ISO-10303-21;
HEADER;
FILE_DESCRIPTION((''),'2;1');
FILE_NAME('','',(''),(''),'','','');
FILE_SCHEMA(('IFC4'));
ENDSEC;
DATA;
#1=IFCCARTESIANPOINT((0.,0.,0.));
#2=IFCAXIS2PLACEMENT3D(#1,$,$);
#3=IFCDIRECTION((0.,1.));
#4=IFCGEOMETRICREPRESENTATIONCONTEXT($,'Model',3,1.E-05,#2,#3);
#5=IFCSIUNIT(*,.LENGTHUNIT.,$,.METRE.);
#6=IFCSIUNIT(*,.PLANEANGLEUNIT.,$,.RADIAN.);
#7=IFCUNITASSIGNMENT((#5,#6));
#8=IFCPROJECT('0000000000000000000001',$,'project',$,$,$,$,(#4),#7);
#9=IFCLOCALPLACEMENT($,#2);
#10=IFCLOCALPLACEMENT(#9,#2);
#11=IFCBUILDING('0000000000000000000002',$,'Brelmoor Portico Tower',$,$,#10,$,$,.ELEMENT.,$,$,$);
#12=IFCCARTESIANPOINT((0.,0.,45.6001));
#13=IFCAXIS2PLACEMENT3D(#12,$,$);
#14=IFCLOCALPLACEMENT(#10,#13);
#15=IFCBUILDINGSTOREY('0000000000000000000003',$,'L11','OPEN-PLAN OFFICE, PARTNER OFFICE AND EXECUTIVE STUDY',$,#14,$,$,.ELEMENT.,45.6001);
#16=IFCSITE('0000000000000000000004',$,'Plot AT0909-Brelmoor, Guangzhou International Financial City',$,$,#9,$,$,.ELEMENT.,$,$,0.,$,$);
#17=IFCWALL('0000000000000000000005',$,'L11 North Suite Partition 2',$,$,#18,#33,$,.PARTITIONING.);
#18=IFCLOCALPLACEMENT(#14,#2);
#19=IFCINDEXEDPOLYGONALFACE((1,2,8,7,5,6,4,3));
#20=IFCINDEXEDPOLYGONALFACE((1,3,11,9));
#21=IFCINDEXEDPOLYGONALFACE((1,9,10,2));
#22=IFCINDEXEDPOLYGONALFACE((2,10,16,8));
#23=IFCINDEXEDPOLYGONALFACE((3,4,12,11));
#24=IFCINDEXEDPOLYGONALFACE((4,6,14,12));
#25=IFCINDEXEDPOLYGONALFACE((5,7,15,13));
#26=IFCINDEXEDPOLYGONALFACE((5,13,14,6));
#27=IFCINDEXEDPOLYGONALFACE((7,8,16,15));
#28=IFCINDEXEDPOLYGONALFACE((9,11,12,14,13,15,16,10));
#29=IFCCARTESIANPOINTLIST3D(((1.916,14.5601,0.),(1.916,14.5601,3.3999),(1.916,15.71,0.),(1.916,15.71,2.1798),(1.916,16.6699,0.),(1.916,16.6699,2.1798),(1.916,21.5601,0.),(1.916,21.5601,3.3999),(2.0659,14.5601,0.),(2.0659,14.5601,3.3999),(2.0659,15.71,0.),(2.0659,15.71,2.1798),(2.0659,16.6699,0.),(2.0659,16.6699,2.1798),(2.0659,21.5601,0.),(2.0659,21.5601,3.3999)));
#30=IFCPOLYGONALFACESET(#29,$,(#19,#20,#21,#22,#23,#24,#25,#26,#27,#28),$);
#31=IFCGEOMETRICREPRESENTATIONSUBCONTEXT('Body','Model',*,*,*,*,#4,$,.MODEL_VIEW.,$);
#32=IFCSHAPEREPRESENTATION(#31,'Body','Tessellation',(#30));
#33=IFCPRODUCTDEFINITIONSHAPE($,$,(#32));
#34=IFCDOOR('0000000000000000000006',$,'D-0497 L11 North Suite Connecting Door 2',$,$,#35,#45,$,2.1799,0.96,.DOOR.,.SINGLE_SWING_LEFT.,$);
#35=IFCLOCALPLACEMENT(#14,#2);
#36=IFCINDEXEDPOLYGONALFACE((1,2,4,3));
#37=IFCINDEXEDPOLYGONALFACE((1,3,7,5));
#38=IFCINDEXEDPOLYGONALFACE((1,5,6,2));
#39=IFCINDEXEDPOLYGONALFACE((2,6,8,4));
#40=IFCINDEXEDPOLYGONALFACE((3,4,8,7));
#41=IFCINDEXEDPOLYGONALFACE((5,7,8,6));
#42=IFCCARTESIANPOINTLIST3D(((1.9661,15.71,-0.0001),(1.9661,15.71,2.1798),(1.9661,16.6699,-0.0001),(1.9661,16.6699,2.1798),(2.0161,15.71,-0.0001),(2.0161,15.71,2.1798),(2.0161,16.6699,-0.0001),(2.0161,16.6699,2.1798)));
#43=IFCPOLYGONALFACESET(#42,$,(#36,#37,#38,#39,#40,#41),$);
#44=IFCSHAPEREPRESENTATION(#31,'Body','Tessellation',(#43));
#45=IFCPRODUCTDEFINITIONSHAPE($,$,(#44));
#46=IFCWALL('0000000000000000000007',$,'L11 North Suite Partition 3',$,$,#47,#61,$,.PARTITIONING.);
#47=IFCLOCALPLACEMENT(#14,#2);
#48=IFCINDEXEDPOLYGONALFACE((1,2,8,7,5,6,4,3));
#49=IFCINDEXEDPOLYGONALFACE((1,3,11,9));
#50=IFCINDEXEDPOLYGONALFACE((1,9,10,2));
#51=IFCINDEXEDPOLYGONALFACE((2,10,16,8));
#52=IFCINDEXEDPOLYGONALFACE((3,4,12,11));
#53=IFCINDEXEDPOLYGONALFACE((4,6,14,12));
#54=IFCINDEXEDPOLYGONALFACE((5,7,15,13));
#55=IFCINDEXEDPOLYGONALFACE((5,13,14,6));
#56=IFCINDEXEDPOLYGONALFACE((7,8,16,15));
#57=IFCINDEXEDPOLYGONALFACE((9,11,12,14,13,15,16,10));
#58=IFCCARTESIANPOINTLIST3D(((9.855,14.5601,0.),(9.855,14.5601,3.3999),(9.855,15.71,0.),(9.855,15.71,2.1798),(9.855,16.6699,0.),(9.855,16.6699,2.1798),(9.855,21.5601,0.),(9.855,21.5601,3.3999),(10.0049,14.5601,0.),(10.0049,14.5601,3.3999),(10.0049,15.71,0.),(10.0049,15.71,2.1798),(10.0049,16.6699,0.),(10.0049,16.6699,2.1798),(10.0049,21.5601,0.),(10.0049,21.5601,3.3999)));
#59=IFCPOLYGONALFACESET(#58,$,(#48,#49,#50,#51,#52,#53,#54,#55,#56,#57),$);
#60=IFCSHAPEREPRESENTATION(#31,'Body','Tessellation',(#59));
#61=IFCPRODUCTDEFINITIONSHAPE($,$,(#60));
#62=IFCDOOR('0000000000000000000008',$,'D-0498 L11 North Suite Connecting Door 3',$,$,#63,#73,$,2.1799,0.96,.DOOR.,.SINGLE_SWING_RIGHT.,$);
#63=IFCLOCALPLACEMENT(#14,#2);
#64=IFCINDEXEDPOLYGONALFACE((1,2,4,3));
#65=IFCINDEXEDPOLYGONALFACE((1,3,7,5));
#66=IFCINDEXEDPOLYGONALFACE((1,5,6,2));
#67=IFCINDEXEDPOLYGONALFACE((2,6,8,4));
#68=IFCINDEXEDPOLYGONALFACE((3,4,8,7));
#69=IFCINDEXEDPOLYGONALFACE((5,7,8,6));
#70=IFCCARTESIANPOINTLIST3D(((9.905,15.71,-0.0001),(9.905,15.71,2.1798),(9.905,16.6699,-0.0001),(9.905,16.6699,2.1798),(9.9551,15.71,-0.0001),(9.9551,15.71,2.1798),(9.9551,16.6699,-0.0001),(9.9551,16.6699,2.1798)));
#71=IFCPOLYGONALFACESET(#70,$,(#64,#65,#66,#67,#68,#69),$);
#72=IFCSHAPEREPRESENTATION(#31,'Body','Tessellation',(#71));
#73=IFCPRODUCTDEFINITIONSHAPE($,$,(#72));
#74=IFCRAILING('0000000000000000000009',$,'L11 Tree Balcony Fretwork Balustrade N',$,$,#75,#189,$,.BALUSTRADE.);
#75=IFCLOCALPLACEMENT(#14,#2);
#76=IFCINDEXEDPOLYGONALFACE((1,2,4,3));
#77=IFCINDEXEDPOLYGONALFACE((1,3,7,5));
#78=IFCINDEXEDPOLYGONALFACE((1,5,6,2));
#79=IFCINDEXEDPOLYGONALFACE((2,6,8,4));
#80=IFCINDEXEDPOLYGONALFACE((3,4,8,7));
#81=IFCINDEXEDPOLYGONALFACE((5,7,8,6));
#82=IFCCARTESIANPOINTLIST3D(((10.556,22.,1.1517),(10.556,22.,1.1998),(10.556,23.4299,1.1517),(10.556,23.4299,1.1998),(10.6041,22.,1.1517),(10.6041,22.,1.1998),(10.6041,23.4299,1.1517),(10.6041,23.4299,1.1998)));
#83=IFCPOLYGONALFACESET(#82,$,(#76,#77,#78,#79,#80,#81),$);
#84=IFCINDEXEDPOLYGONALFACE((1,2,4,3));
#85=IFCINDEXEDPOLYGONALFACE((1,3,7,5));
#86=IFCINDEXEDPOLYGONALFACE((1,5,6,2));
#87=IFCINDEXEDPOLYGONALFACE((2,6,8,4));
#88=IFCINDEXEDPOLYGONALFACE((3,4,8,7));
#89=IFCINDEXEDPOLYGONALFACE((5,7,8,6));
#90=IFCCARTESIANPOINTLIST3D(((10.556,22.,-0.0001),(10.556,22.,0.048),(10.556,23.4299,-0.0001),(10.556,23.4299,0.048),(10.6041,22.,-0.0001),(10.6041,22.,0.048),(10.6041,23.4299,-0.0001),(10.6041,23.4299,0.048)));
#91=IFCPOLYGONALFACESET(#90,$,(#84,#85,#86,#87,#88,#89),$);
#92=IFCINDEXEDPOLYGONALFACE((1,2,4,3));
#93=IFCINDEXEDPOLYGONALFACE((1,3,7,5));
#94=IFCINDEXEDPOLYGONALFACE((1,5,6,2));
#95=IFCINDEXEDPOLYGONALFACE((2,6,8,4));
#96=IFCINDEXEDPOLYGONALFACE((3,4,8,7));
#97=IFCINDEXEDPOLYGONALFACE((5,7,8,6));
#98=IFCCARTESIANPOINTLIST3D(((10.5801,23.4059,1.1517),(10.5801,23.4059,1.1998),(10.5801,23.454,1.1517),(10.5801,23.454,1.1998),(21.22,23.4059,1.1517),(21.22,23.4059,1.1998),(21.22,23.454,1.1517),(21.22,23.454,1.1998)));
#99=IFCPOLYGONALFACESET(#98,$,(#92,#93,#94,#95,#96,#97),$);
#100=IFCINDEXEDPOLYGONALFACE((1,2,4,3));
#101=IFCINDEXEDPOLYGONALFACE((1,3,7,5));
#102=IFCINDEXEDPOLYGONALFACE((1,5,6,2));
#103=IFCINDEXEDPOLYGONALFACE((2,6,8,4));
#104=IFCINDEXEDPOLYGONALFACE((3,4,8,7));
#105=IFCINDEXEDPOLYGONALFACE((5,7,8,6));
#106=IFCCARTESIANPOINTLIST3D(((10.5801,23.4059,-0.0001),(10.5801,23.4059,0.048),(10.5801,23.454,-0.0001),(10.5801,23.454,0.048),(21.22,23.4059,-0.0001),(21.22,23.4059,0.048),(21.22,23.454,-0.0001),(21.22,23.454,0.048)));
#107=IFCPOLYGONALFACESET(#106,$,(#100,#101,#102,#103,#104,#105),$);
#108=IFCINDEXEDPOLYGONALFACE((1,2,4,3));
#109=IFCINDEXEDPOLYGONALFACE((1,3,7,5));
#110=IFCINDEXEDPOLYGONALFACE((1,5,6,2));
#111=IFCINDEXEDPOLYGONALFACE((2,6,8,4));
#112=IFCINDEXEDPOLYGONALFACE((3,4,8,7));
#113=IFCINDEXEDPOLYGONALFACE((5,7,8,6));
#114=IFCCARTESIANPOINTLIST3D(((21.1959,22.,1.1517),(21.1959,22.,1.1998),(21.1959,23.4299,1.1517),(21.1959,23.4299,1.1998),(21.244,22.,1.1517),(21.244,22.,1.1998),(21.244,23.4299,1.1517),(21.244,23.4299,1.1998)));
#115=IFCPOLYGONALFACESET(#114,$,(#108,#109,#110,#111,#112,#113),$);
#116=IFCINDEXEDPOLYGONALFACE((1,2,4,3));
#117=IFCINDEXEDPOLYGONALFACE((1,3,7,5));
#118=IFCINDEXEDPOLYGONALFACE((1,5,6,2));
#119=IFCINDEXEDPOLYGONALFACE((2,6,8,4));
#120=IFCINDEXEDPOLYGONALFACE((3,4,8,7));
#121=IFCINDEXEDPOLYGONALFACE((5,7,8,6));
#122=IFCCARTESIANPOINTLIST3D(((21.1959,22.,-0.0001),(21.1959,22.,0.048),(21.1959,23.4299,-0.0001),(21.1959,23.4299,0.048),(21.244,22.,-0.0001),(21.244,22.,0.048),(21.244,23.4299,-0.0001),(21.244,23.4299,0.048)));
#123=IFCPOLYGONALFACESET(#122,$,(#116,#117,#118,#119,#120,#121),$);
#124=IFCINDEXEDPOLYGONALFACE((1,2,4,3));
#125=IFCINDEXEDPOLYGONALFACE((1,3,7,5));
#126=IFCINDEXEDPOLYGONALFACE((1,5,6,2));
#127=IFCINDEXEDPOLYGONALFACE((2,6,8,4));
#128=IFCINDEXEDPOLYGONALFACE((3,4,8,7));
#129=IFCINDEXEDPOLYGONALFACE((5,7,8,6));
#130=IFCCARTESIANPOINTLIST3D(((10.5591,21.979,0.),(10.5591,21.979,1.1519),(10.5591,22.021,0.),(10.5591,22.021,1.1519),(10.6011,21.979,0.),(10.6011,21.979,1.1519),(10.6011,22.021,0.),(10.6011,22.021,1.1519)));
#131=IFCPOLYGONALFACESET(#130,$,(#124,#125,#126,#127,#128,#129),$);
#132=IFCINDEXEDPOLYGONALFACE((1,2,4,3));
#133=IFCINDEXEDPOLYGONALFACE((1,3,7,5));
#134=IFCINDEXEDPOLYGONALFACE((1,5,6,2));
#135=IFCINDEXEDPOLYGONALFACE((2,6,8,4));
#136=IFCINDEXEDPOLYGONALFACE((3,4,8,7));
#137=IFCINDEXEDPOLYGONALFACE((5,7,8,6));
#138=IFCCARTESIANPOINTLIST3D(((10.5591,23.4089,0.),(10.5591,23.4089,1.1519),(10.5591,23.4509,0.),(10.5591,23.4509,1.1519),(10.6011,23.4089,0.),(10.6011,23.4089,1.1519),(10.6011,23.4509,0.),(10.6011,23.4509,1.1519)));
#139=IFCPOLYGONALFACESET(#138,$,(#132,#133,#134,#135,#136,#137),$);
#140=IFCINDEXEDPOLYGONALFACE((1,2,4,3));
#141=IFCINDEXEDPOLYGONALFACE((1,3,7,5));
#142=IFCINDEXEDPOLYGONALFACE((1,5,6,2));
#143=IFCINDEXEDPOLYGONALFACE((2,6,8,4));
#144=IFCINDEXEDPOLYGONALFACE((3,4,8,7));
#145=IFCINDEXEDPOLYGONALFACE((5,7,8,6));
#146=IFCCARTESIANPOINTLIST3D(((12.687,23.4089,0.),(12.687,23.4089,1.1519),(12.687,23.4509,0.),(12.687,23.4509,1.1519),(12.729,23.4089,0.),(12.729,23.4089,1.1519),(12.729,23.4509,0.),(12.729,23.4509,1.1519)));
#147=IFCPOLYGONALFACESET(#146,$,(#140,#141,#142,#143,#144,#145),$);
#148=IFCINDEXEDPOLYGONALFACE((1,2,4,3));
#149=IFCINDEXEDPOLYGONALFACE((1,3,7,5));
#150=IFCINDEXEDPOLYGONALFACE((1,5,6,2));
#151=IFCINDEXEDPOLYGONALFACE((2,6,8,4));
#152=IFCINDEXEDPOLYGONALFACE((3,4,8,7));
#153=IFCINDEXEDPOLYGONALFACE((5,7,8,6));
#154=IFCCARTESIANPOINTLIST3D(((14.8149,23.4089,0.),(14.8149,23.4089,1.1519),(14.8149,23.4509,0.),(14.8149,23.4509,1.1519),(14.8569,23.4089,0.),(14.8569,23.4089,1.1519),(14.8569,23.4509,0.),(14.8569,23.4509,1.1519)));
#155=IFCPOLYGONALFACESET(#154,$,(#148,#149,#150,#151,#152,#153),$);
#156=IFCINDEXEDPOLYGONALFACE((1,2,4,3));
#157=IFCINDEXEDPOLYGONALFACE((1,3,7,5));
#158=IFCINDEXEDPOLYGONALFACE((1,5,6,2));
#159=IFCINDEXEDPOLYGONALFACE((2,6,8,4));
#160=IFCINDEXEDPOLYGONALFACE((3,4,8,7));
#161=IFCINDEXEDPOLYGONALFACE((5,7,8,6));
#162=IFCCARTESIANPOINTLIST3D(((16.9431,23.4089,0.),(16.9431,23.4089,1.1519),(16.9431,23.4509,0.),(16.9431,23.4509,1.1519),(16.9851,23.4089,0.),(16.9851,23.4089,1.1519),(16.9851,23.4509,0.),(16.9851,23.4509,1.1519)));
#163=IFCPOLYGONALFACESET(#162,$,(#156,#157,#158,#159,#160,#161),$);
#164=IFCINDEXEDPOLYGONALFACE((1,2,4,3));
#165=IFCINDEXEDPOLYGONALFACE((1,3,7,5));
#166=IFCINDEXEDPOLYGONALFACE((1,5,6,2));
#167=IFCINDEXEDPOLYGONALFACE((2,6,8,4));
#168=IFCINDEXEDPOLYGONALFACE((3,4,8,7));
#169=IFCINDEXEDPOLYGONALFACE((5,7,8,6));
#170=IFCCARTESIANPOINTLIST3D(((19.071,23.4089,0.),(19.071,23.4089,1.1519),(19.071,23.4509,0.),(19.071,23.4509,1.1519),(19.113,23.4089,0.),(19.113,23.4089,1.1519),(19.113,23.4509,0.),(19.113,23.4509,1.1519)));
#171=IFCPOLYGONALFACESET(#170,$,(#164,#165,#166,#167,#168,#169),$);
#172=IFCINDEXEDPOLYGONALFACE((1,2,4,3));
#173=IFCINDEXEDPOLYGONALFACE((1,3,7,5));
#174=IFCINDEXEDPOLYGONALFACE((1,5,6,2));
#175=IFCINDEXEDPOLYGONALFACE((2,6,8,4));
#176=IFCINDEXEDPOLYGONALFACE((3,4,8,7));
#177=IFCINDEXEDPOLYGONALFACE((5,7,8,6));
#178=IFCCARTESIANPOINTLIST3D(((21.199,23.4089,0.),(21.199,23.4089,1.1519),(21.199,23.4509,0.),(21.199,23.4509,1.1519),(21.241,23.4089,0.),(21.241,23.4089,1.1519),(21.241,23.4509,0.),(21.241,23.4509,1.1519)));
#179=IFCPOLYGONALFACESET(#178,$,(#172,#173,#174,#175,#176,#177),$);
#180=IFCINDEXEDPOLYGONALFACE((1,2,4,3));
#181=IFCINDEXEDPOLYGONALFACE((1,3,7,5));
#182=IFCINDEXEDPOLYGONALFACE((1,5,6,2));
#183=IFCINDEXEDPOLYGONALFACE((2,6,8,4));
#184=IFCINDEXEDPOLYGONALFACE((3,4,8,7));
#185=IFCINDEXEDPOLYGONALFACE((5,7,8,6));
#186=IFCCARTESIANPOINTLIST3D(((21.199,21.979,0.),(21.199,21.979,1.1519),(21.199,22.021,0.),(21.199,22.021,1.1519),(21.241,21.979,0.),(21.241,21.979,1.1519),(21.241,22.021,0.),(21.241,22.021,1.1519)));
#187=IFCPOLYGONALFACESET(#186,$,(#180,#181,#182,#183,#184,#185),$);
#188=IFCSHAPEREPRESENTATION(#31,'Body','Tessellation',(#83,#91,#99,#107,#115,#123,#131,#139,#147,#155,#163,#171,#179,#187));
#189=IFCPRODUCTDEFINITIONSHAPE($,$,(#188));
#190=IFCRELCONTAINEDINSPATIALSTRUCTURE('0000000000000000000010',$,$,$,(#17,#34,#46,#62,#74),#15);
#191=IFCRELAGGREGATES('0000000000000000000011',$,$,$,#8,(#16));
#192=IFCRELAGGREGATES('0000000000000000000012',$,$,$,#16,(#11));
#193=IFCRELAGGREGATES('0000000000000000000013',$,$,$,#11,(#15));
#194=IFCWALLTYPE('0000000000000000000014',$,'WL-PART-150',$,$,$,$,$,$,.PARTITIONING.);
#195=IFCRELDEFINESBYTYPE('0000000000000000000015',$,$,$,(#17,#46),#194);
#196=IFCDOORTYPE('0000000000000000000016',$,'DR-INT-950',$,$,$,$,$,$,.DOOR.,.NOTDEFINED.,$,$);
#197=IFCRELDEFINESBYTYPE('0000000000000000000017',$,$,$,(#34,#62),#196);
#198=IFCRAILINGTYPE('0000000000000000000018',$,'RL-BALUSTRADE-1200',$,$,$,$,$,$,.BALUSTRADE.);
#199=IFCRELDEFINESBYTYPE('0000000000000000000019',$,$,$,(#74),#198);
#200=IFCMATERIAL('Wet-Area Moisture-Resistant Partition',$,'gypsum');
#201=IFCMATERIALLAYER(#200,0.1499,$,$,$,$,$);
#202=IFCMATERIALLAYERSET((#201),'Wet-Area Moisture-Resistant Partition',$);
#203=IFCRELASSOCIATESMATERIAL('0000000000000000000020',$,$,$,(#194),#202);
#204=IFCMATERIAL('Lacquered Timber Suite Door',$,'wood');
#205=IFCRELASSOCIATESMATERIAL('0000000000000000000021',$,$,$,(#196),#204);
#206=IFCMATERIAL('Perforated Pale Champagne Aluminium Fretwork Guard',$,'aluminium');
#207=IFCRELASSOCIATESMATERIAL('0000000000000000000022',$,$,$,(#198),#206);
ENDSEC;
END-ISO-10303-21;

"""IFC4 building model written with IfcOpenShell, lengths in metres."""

from ifc_helpers import new_model, si_unit, direction, frame, frame_2d, origin, origin_2d, place, context, subcontext, project, spatial, rectangle, extrude, material, layer, layer_set, type_object, element, fill, save


model = new_model("IFC4")

# Units and contexts
model_context = context("Model", 3, precision=1e-05, world=origin(), true_north=direction((0.0, 1.0)))
body_context = subcontext(model_context, "Body", "Model", "MODEL_VIEW")
ifc_project = project(units=[si_unit("LENGTHUNIT", "METRE"), si_unit("PLANEANGLEUNIT", "RADIAN")], contexts=[model_context])

# Site, building, storey
site_placement = place(None, origin())
site = spatial("IfcSite", under=ifc_project, at=site_placement, Name="Plot AT0909-Brelmoor, Guangzhou International Financial City", CompositionType="ELEMENT", RefElevation=0.0)
building_placement = place(site_placement, origin())
building = spatial("IfcBuilding", under=site, at=building_placement, Name="Brelmoor Portico Tower", CompositionType="ELEMENT")
storey_placement = place(building_placement, frame((0.0, 0.0, 45.6001)))
storey = spatial("IfcBuildingStorey", under=building, at=storey_placement, Name="L11", Description="OPEN-PLAN OFFICE, PARTNER OFFICE AND EXECUTIVE STUDY", CompositionType="ELEMENT", Elevation=45.6001)

# Walls, openings, doors
ifc_material_1 = material(Name="Wet-Area Moisture-Resistant Partition", Category="gypsum")
ifc_layer_1 = layer(ifc_material_1, 0.1499)
ifc_layer_set_1 = layer_set([ifc_layer_1], Name="Wet-Area Moisture-Resistant Partition")
wall_type_1 = type_object("IfcWallType", Name="WL-PART-150", PredefinedType="PARTITIONING", material=ifc_layer_set_1)
wall_1_placement = place(storey_placement, frame((1.991, 14.5601, 0.0), z_axis=(0.0, 0.0, 1.0), x_axis=(0.0, 1.0, 0.0)))
wall_1 = element("IfcWall", 1, at=wall_1_placement, inside=storey, type_object=wall_type_1, Name="L11 North Suite Partition 2", PredefinedType="PARTITIONING", context=body_context, shape_type="SweptSolid", body=[
    extrude(rectangle(XDim=7.0, YDim=0.1499, at=frame_2d((3.5, 0.0))), origin(), (0.0, 0.0, 1.0), 3.3999),
])
opening_1_placement = place(wall_1_placement, frame((1.1499, 0.0, 0.0)))
opening_1 = element("IfcOpeningElement", 2, at=opening_1_placement, cuts=wall_1, PredefinedType="OPENING", context=body_context, shape_type="SweptSolid", body=[
    extrude(rectangle(XDim=0.96, YDim=2.1799, at=frame_2d((0.48, 1.0898))), frame((0.0, 0.085, 0.0), z_axis=(0.0, -1.0, 0.0), x_axis=(1.0, 0.0, 0.0)), (0.0, 0.0, 1.0), 0.1699),
])
ifc_material_2 = material(Name="Lacquered Timber Suite Door", Category="wood")
door_type = type_object("IfcDoorType", Name="DR-INT-950", OperationType="NOTDEFINED", PredefinedType="DOOR", material=ifc_material_2)
door_1_placement = place(opening_1_placement, origin())
door_1 = element("IfcDoor", 3, at=door_1_placement, inside=storey, type_object=door_type, Name="D-0497 L11 North Suite Connecting Door 2", OperationType="SINGLE_SWING_LEFT", OverallHeight=2.1799, OverallWidth=0.96, PredefinedType="DOOR", context=body_context, shape_type="SweptSolid", body=[
    extrude(rectangle(XDim=0.96, YDim=2.1799, at=frame_2d((0.48, 1.0898))), frame((0.0, 0.0249, 0.0), z_axis=(0.0, -1.0, 0.0), x_axis=(1.0, 0.0, 0.0)), (0.0, 0.0, 1.0), 0.05),
])
fill(opening_1, door_1)
wall_2_placement = place(storey_placement, frame((9.9299, 14.5601, 0.0), z_axis=(0.0, 0.0, 1.0), x_axis=(0.0, 1.0, 0.0)))
wall_2 = element("IfcWall", 4, at=wall_2_placement, inside=storey, type_object=wall_type_1, Name="L11 North Suite Partition 3", PredefinedType="PARTITIONING", context=body_context, shape_type="SweptSolid", body=[
    extrude(rectangle(XDim=7.0, YDim=0.1499, at=frame_2d((3.5, 0.0))), origin(), (0.0, 0.0, 1.0), 3.3999),
])
opening_2_placement = place(wall_2_placement, frame((1.1499, 0.0, 0.0)))
opening_2 = element("IfcOpeningElement", 5, at=opening_2_placement, cuts=wall_2, PredefinedType="OPENING", context=body_context, shape_type="SweptSolid", body=[
    extrude(rectangle(XDim=0.96, YDim=2.1799, at=frame_2d((0.48, 1.0898))), frame((0.0, 0.085, 0.0), z_axis=(0.0, -1.0, 0.0), x_axis=(1.0, 0.0, 0.0)), (0.0, 0.0, 1.0), 0.1699),
])
door_2_placement = place(opening_2_placement, origin())
door_2 = element("IfcDoor", 6, at=door_2_placement, inside=storey, type_object=door_type, Name="D-0498 L11 North Suite Connecting Door 3", OperationType="SINGLE_SWING_RIGHT", OverallHeight=2.1799, OverallWidth=0.96, PredefinedType="DOOR", context=body_context, shape_type="SweptSolid", body=[
    extrude(rectangle(XDim=0.96, YDim=2.1799, at=frame_2d((0.48, 1.0898))), frame((0.0, 0.0249, 0.0), z_axis=(0.0, -1.0, 0.0), x_axis=(1.0, 0.0, 0.0)), (0.0, 0.0, 1.0), 0.05),
])
fill(opening_2, door_2)

# Railing
ifc_material_3 = material(Name="Perforated Pale Champagne Aluminium Fretwork Guard", Category="aluminium")
railing_type = type_object("IfcRailingType", Name="RL-BALUSTRADE-1200", PredefinedType="BALUSTRADE", material=ifc_material_3)
railing_placement = place(storey_placement, frame((10.5801, 22.0, 0.0)))
element("IfcRailing", 7, at=railing_placement, inside=storey, type_object=railing_type, Name="L11 Tree Balcony Fretwork Balustrade N", PredefinedType="BALUSTRADE", context=body_context, shape_type="SweptSolid", body=[
    extrude(rectangle(XDim=0.0481, YDim=0.0481, at=origin_2d()), frame((0.0, 0.0, 1.1758), z_axis=(0.0, 1.0, 0.0), x_axis=(-1.0, 0.0, 0.0)), (0.0, 0.0, 1.0), 1.4299),
    extrude(rectangle(XDim=0.0481, YDim=0.0481, at=origin_2d()), frame((0.0, 0.0, 0.0239), z_axis=(0.0, 1.0, 0.0), x_axis=(-1.0, 0.0, 0.0)), (0.0, 0.0, 1.0), 1.4299),
    extrude(rectangle(XDim=0.0481, YDim=0.0481, at=origin_2d()), frame((0.0, 1.4299, 1.1758), z_axis=(1.0, 0.0, 0.0), x_axis=(0.0, 1.0, 0.0)), (0.0, 0.0, 1.0), 10.6399),
    extrude(rectangle(XDim=0.0481, YDim=0.0481, at=origin_2d()), frame((0.0, 1.4299, 0.0239), z_axis=(1.0, 0.0, 0.0), x_axis=(0.0, 1.0, 0.0)), (0.0, 0.0, 1.0), 10.6399),
    extrude(rectangle(XDim=0.0481, YDim=0.0481, at=origin_2d()), frame((10.6399, 1.4299, 1.1758), z_axis=(0.0, -1.0, 0.0), x_axis=(1.0, 0.0, 0.0)), (0.0, 0.0, 1.0), 1.4299),
    extrude(rectangle(XDim=0.0481, YDim=0.0481, at=origin_2d()), frame((10.6399, 1.4299, 0.0239), z_axis=(0.0, -1.0, 0.0), x_axis=(1.0, 0.0, 0.0)), (0.0, 0.0, 1.0), 1.4299),
    extrude(rectangle(XDim=0.042, YDim=0.042, at=origin_2d()), origin(), (0.0, 0.0, 1.0), 1.1519),
    extrude(rectangle(XDim=0.042, YDim=0.042, at=origin_2d()), frame((0.0, 1.4299, 0.0)), (0.0, 0.0, 1.0), 1.1519),
    extrude(rectangle(XDim=0.042, YDim=0.042, at=origin_2d()), frame((2.1279, 1.4299, 0.0)), (0.0, 0.0, 1.0), 1.1519),
    extrude(rectangle(XDim=0.042, YDim=0.042, at=origin_2d()), frame((4.2559, 1.4299, 0.0)), (0.0, 0.0, 1.0), 1.1519),
    extrude(rectangle(XDim=0.042, YDim=0.042, at=origin_2d()), frame((6.384, 1.4299, 0.0)), (0.0, 0.0, 1.0), 1.1519),
    extrude(rectangle(XDim=0.042, YDim=0.042, at=origin_2d()), frame((8.512, 1.4299, 0.0)), (0.0, 0.0, 1.0), 1.1519),
    extrude(rectangle(XDim=0.042, YDim=0.042, at=origin_2d()), frame((10.6399, 1.4299, 0.0)), (0.0, 0.0, 1.0), 1.1519),
    extrude(rectangle(XDim=0.042, YDim=0.042, at=origin_2d()), frame((10.6399, 0.0, 0.0)), (0.0, 0.0, 1.0), 1.1519),
])

save(model, "model.ifc")
